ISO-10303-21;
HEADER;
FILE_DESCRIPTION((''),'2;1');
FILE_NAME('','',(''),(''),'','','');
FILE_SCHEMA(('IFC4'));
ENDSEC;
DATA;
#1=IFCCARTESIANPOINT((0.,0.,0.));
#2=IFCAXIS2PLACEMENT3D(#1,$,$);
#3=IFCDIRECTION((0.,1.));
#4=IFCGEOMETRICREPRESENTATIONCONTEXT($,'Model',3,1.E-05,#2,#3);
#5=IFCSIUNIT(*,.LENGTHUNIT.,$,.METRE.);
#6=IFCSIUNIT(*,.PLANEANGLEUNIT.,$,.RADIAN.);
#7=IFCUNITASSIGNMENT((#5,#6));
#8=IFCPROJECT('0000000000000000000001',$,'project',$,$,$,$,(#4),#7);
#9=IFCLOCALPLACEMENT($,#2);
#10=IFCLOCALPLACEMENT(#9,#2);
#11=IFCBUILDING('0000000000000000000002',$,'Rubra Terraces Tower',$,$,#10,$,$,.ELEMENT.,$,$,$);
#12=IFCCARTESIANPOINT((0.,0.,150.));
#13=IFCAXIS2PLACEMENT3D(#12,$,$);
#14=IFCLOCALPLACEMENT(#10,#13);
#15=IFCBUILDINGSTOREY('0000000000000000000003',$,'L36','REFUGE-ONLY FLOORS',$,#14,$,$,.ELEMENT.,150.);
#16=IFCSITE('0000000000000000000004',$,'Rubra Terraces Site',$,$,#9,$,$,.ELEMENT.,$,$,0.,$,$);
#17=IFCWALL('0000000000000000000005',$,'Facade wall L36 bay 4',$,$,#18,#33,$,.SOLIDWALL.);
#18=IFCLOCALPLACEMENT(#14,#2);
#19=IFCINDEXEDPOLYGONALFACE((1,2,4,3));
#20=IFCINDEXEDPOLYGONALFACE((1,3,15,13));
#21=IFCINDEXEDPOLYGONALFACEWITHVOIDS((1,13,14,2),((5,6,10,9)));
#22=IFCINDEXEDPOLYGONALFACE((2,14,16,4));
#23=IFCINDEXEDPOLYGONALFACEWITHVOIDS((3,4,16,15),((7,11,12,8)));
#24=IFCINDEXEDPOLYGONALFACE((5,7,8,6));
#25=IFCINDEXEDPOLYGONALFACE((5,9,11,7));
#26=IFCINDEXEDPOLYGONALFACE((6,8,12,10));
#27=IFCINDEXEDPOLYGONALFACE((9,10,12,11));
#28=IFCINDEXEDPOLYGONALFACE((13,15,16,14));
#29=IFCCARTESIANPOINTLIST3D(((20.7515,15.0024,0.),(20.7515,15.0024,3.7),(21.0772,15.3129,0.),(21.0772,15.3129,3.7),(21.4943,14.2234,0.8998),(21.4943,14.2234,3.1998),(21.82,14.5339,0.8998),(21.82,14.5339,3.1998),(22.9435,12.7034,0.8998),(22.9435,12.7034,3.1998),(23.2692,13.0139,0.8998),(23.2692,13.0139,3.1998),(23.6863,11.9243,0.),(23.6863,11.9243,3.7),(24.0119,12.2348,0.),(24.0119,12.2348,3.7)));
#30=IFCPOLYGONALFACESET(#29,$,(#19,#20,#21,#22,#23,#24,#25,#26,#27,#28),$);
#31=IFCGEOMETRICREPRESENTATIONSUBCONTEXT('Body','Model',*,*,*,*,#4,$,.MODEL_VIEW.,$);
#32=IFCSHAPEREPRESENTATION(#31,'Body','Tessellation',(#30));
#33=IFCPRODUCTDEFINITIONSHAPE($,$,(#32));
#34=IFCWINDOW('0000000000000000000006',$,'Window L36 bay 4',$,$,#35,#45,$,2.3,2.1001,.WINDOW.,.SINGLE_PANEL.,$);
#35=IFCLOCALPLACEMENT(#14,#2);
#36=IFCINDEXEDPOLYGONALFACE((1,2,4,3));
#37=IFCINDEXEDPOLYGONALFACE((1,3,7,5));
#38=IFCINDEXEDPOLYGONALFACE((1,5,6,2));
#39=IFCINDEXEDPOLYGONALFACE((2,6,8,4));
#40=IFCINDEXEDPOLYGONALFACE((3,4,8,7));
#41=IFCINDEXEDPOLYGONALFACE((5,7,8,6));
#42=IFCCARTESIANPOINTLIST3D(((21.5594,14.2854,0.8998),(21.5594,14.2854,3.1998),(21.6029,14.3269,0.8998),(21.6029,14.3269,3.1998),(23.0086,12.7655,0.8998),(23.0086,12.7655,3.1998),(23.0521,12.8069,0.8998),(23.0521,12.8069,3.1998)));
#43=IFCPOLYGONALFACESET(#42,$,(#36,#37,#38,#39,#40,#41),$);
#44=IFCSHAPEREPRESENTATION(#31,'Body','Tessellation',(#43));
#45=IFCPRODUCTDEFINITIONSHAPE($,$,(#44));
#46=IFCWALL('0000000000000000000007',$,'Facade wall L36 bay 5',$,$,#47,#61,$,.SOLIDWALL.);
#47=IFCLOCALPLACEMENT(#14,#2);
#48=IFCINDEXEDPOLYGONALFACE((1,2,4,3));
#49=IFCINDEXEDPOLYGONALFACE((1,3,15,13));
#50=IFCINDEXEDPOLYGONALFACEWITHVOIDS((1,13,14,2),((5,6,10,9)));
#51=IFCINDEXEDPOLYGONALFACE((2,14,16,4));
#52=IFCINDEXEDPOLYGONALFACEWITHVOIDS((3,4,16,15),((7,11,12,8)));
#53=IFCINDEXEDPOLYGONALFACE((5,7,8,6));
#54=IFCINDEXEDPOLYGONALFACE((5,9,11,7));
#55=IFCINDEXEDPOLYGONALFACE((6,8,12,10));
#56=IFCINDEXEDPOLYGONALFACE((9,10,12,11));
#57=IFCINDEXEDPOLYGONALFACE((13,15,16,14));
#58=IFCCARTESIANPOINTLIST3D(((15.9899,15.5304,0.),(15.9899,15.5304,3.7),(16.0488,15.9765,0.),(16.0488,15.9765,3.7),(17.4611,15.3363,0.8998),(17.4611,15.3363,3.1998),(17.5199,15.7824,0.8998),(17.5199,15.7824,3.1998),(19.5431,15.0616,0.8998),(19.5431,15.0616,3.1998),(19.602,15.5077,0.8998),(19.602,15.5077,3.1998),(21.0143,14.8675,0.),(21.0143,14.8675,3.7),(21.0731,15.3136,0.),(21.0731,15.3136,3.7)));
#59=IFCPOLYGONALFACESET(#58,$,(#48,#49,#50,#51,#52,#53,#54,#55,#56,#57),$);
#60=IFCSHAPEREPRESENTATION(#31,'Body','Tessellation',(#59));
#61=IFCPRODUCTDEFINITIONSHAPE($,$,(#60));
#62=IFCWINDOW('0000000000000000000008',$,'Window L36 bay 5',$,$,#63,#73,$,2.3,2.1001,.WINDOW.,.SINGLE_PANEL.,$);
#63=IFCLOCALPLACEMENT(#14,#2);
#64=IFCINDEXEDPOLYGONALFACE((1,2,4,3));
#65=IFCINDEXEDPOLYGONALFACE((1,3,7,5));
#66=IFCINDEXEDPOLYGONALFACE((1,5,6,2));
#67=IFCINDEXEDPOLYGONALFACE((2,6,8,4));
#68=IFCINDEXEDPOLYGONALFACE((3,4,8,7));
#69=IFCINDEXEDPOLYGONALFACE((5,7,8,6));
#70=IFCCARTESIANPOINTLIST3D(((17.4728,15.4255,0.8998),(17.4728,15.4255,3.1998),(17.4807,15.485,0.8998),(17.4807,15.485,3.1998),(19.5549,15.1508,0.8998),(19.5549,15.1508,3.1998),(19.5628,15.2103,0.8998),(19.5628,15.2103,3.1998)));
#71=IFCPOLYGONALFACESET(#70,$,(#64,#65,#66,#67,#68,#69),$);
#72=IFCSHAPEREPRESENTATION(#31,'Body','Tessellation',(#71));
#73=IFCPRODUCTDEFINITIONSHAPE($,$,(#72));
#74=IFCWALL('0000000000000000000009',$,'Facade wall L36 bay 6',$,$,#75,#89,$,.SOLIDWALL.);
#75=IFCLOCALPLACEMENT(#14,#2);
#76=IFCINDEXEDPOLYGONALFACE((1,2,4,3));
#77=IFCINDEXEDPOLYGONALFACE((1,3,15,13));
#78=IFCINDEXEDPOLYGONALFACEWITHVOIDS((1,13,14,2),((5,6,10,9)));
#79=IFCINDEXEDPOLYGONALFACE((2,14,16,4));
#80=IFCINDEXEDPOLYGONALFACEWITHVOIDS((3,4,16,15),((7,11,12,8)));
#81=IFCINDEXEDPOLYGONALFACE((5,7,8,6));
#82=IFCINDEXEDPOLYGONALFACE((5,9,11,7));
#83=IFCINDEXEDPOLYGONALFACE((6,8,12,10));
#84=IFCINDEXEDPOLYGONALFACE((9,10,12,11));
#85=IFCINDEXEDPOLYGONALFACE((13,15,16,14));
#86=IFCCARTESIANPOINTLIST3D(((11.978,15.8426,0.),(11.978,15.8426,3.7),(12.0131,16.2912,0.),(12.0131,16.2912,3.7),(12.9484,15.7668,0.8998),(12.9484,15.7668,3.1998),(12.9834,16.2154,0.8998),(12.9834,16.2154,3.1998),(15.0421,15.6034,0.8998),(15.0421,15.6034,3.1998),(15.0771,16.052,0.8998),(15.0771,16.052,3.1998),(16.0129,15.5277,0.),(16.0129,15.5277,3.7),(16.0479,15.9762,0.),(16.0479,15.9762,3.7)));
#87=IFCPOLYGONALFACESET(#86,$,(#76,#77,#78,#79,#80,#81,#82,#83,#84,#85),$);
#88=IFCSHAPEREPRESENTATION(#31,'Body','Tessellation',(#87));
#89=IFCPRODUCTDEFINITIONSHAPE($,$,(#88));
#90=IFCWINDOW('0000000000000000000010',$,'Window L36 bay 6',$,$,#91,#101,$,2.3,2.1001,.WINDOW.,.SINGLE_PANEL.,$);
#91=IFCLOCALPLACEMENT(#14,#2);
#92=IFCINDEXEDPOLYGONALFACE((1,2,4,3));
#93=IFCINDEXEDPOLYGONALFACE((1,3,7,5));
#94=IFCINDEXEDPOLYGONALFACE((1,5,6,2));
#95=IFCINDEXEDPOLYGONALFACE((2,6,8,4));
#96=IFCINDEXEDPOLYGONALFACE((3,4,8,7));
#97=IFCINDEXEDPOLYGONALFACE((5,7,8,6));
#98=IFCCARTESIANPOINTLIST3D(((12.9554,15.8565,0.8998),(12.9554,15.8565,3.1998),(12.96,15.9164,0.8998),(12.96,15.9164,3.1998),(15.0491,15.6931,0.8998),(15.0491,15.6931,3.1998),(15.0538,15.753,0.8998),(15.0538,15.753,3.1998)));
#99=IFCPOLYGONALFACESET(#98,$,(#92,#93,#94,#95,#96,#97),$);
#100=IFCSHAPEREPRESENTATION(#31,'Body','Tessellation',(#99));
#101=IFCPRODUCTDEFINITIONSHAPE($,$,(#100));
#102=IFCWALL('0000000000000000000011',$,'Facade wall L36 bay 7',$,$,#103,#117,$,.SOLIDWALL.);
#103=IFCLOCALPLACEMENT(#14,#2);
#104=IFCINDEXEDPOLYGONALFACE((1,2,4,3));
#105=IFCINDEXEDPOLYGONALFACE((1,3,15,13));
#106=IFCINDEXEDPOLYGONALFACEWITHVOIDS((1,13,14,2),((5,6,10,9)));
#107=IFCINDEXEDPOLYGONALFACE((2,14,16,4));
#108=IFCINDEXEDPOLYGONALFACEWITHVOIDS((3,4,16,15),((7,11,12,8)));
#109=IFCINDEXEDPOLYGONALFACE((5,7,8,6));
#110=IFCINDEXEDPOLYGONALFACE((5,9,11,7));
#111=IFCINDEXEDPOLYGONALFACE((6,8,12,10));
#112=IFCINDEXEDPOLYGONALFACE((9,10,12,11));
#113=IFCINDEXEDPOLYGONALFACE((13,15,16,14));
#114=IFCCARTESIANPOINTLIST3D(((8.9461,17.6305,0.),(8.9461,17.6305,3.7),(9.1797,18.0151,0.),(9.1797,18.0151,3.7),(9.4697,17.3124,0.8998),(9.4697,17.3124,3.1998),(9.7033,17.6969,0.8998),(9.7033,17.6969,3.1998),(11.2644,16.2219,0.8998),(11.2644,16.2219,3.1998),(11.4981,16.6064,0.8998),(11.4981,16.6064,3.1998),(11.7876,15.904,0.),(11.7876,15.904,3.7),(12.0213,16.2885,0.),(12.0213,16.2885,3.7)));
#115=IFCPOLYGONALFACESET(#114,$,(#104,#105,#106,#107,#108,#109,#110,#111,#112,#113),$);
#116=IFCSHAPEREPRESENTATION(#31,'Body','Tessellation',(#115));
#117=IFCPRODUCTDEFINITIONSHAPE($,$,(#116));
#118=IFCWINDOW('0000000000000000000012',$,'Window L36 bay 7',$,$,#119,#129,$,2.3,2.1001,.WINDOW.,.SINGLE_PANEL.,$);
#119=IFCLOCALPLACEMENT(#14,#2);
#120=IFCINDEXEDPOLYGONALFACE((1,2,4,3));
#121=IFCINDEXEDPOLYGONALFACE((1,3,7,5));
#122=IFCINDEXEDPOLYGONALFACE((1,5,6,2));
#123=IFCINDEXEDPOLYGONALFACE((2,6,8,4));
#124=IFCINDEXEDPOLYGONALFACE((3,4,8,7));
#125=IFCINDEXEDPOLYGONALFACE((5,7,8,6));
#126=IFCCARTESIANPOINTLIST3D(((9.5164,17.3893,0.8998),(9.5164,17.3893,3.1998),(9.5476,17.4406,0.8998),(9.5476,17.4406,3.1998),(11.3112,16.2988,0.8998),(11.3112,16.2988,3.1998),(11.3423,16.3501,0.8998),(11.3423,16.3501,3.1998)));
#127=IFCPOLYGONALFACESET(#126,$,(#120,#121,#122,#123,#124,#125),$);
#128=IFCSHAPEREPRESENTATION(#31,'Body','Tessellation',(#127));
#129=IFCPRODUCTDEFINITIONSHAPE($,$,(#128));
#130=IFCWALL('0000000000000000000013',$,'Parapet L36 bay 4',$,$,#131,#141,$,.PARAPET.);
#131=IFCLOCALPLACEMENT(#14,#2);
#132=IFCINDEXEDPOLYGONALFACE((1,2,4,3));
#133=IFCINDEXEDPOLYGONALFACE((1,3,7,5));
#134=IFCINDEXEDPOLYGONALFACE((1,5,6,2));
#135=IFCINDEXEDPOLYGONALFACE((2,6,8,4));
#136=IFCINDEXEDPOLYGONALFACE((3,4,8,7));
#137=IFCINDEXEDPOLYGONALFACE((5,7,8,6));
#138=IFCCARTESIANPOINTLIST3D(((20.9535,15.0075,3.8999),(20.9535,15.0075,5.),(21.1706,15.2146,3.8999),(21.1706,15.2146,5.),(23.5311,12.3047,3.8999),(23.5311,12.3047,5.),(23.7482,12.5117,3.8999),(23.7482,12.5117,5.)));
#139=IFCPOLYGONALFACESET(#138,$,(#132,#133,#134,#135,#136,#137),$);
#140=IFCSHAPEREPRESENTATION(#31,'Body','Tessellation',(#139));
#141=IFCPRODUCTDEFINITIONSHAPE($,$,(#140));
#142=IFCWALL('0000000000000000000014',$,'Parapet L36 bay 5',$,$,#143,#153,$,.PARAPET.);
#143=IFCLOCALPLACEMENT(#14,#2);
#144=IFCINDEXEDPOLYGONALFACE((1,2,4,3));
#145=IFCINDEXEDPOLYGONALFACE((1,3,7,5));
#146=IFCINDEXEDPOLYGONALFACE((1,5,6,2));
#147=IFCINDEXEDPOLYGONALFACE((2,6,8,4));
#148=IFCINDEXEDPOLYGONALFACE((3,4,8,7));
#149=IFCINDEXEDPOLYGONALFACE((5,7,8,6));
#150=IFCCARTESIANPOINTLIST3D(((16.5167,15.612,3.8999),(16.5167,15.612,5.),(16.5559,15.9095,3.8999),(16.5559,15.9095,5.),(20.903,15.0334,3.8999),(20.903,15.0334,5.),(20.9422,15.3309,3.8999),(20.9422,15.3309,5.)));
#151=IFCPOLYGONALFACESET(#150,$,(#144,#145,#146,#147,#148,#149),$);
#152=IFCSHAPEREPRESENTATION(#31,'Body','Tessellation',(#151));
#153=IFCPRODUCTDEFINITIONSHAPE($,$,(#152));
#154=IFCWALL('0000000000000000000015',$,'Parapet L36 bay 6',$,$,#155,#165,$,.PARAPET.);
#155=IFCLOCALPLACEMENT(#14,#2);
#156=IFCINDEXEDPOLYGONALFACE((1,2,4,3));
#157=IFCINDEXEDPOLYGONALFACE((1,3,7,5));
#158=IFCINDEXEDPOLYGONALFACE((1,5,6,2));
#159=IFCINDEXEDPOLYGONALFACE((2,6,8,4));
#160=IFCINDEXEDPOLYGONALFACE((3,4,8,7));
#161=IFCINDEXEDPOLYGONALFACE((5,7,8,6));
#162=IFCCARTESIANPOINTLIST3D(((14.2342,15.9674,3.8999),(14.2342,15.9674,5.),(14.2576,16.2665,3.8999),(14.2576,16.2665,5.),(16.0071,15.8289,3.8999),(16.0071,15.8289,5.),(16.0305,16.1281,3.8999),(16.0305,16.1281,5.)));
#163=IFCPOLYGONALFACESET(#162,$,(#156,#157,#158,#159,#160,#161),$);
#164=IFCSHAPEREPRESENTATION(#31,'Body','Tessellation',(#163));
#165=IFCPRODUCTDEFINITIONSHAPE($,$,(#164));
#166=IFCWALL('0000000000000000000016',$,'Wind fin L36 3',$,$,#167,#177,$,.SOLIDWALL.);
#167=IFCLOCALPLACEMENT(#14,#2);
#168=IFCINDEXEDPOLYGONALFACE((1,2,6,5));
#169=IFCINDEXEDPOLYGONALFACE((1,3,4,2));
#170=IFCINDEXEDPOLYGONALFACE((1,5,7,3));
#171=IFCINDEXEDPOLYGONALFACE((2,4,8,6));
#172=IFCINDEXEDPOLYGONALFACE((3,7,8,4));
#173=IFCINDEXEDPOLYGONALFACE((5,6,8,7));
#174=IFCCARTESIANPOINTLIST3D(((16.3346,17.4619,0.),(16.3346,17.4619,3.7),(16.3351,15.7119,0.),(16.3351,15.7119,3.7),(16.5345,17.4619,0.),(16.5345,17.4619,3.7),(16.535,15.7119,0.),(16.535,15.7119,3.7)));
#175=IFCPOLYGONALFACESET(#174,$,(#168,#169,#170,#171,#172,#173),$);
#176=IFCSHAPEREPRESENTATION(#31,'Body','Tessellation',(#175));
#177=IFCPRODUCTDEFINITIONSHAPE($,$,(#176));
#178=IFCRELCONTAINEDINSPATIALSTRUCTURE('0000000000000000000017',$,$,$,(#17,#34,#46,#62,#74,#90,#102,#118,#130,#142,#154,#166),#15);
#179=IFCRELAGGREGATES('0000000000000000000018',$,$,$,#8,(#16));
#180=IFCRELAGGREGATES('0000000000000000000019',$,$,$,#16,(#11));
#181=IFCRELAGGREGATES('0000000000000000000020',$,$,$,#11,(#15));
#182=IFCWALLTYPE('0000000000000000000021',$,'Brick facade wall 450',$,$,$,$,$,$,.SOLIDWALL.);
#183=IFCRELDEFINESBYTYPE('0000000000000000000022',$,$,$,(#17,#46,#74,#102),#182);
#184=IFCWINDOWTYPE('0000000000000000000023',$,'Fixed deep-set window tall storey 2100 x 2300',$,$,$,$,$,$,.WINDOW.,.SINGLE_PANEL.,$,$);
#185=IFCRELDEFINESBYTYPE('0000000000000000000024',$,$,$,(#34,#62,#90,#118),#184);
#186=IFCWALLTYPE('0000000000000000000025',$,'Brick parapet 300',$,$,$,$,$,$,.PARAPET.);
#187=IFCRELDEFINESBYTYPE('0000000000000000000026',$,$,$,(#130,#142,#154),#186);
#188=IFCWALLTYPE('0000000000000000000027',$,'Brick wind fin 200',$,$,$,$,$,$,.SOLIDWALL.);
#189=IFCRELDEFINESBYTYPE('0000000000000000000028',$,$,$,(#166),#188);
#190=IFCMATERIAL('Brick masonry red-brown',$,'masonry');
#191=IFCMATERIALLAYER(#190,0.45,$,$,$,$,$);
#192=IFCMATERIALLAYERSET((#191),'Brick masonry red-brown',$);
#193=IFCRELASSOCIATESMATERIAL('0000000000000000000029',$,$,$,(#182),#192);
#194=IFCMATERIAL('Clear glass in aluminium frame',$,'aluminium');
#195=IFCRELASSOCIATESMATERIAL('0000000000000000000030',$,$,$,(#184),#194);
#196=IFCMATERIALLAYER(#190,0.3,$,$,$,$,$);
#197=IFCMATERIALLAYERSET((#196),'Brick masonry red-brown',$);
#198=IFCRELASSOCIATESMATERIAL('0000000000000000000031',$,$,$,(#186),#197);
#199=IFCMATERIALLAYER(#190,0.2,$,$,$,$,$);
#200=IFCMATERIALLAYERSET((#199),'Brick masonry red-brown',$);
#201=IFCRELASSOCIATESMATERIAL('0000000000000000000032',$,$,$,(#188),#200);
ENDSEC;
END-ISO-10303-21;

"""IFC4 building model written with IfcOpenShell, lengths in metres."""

from ifc_helpers import new_model, si_unit, direction, frame, frame_2d, origin, place, context, subcontext, project, spatial, rectangle, extrude, material, layer, layer_set, type_object, element, fill, save


model = new_model("IFC4")

# Units and contexts
model_context = context("Model", 3, precision=1e-05, world=origin(), true_north=direction((0.0, 1.0)))
body_context = subcontext(model_context, "Body", "Model", "MODEL_VIEW")
ifc_project = project(units=[si_unit("LENGTHUNIT", "METRE"), si_unit("PLANEANGLEUNIT", "RADIAN")], contexts=[model_context])

# Site, building, storey
site_placement = place(None, origin())
site = spatial("IfcSite", under=ifc_project, at=site_placement, Name="Rubra Terraces Site", CompositionType="ELEMENT", RefElevation=0.0)
building_placement = place(site_placement, origin())
building = spatial("IfcBuilding", under=site, at=building_placement, Name="Rubra Terraces Tower", CompositionType="ELEMENT")
storey_placement = place(building_placement, frame((0.0, 0.0, 150.0)))
storey = spatial("IfcBuildingStorey", under=building, at=storey_placement, Name="L36", Description="REFUGE-ONLY FLOORS", CompositionType="ELEMENT", Elevation=150.0)

# Walls, openings, windows
ifc_material_1 = material(Name="Brick masonry red-brown", Category="masonry")
ifc_layer_1 = layer(ifc_material_1, 0.45)
ifc_layer_set_1 = layer_set([ifc_layer_1], Name="Brick masonry red-brown")
wall_type_1 = type_object("IfcWallType", Name="Brick facade wall 450", PredefinedType="SOLIDWALL", material=ifc_layer_set_1)
wall_1_placement = place(storey_placement, frame((23.8491, 12.0796, 0.0), z_axis=(0.0, 0.0, 1.0), x_axis=(-0.690058, 0.723754, 0.0)))
wall_1 = element("IfcWall", 1, at=wall_1_placement, inside=storey, type_object=wall_type_1, Name="Facade wall L36 bay 4", PredefinedType="SOLIDWALL", context=body_context, shape_type="SweptSolid", body=[
    extrude(rectangle(XDim=4.2529, YDim=0.45, at=frame_2d((2.1265, 0.0))), origin(), (0.0, 0.0, 1.0), 3.7),
])
opening_1_placement = place(wall_1_placement, frame((1.0764, 0.0, 0.8999)))
opening_1 = element("IfcOpeningElement", 2, at=opening_1_placement, cuts=wall_1, PredefinedType="OPENING", context=body_context, shape_type="SweptSolid", body=[
    extrude(rectangle(XDim=2.1001, YDim=2.3, at=frame_2d((1.05, 1.1499))), frame((0.0, 0.2349, 0.0), z_axis=(0.0, -1.0, 0.0), x_axis=(1.0, 0.0, 0.0)), (0.0, 0.0, 1.0), 0.47),
])
ifc_material_2 = material(Name="Clear glass in aluminium frame", Category="aluminium")
window_type = type_object("IfcWindowType", Name="Fixed deep-set window tall storey 2100 x 2300", PartitioningType="SINGLE_PANEL", PredefinedType="WINDOW", material=ifc_material_2)
window_1_placement = place(opening_1_placement, origin())
window_1 = element("IfcWindow", 3, at=window_1_placement, inside=storey, type_object=window_type, Name="Window L36 bay 4", OverallHeight=2.3, OverallWidth=2.1001, PartitioningType="SINGLE_PANEL", PredefinedType="WINDOW", context=body_context, shape_type="SweptSolid", body=[
    extrude(rectangle(XDim=2.1001, YDim=2.3, at=frame_2d((1.05, 1.1499))), frame((0.0, 0.135, 0.0), z_axis=(0.0, -1.0, 0.0), x_axis=(1.0, 0.0, 0.0)), (0.0, 0.0, 1.0), 0.0601),
])
fill(opening_1, window_1)
wall_2_placement = place(storey_placement, frame((21.0437, 15.0906, 0.0), z_axis=(0.0, 0.0, 1.0), x_axis=(-0.99141, 0.130791, 0.0)))
wall_2 = element("IfcWall", 4, at=wall_2_placement, inside=storey, type_object=wall_type_1, Name="Facade wall L36 bay 5", PredefinedType="SOLIDWALL", context=body_context, shape_type="SweptSolid", body=[
    extrude(rectangle(XDim=5.0679, YDim=0.45, at=frame_2d((2.5339, 0.0))), origin(), (0.0, 0.0, 1.0), 3.7),
])
opening_2_placement = place(wall_2_placement, frame((1.4839, 0.0, 0.8999)))
opening_2 = element("IfcOpeningElement", 5, at=opening_2_placement, cuts=wall_2, PredefinedType="OPENING", context=body_context, shape_type="SweptSolid", body=[
    extrude(rectangle(XDim=2.1001, YDim=2.3, at=frame_2d((1.05, 1.1499))), frame((0.0, 0.2349, 0.0), z_axis=(0.0, -1.0, 0.0), x_axis=(1.0, 0.0, 0.0)), (0.0, 0.0, 1.0), 0.47),
])
window_2_placement = place(opening_2_placement, origin())
window_2 = element("IfcWindow", 6, at=window_2_placement, inside=storey, type_object=window_type, Name="Window L36 bay 5", OverallHeight=2.3, OverallWidth=2.1001, PartitioningType="SINGLE_PANEL", PredefinedType="WINDOW", context=body_context, shape_type="SweptSolid", body=[
    extrude(rectangle(XDim=2.1001, YDim=2.3, at=frame_2d((1.05, 1.1499))), frame((0.0, 0.135, 0.0), z_axis=(0.0, -1.0, 0.0), x_axis=(1.0, 0.0, 0.0)), (0.0, 0.0, 1.0), 0.0601),
])
fill(opening_2, window_2)
wall_3_placement = place(storey_placement, frame((16.0303, 15.752, 0.0), z_axis=(0.0, 0.0, 1.0), x_axis=(-0.996968, 0.077817, 0.0)))
wall_3 = element("IfcWall", 7, at=wall_3_placement, inside=storey, type_object=wall_type_1, Name="Facade wall L36 bay 6", PredefinedType="SOLIDWALL", context=body_context, shape_type="SweptSolid", body=[
    extrude(rectangle(XDim=4.0471, YDim=0.45, at=frame_2d((2.0234, 0.0))), origin(), (0.0, 0.0, 1.0), 3.7),
])
opening_3_placement = place(wall_3_placement, frame((0.9736, 0.0, 0.8999)))
opening_3 = element("IfcOpeningElement", 8, at=opening_3_placement, cuts=wall_3, PredefinedType="OPENING", context=body_context, shape_type="SweptSolid", body=[
    extrude(rectangle(XDim=2.1001, YDim=2.3, at=frame_2d((1.05, 1.1499))), frame((0.0, 0.2349, 0.0), z_axis=(0.0, -1.0, 0.0), x_axis=(1.0, 0.0, 0.0)), (0.0, 0.0, 1.0), 0.47),
])
window_3_placement = place(opening_3_placement, origin())
window_3 = element("IfcWindow", 9, at=window_3_placement, inside=storey, type_object=window_type, Name="Window L36 bay 6", OverallHeight=2.3, OverallWidth=2.1001, PartitioningType="SINGLE_PANEL", PredefinedType="WINDOW", context=body_context, shape_type="SweptSolid", body=[
    extrude(rectangle(XDim=2.1001, YDim=2.3, at=frame_2d((1.05, 1.1499))), frame((0.0, 0.135, 0.0), z_axis=(0.0, -1.0, 0.0), x_axis=(1.0, 0.0, 0.0)), (0.0, 0.0, 1.0), 0.0601),
])
fill(opening_3, window_3)
wall_4_placement = place(storey_placement, frame((11.9045, 16.0962, 0.0), z_axis=(0.0, 0.0, 1.0), x_axis=(-0.854609, 0.519271, 0.0)))
wall_4 = element("IfcWall", 10, at=wall_4_placement, inside=storey, type_object=wall_type_1, Name="Facade wall L36 bay 7", PredefinedType="SOLIDWALL", context=body_context, shape_type="SweptSolid", body=[
    extrude(rectangle(XDim=3.325, YDim=0.45, at=frame_2d((1.6626, 0.0))), origin(), (0.0, 0.0, 1.0), 3.7),
])
opening_4_placement = place(wall_4_placement, frame((0.6123, 0.0, 0.8999)))
opening_4 = element("IfcOpeningElement", 11, at=opening_4_placement, cuts=wall_4, PredefinedType="OPENING", context=body_context, shape_type="SweptSolid", body=[
    extrude(rectangle(XDim=2.1001, YDim=2.3, at=frame_2d((1.05, 1.1499))), frame((0.0, 0.2349, 0.0), z_axis=(0.0, -1.0, 0.0), x_axis=(1.0, 0.0, 0.0)), (0.0, 0.0, 1.0), 0.47),
])
window_4_placement = place(opening_4_placement, origin())
window_4 = element("IfcWindow", 12, at=window_4_placement, inside=storey, type_object=window_type, Name="Window L36 bay 7", OverallHeight=2.3, OverallWidth=2.1001, PartitioningType="SINGLE_PANEL", PredefinedType="WINDOW", context=body_context, shape_type="SweptSolid", body=[
    extrude(rectangle(XDim=2.1001, YDim=2.3, at=frame_2d((1.05, 1.1499))), frame((0.0, 0.135, 0.0), z_axis=(0.0, -1.0, 0.0), x_axis=(1.0, 0.0, 0.0)), (0.0, 0.0, 1.0), 0.0601),
])
fill(opening_4, window_4)

# Walls
ifc_layer_2 = layer(ifc_material_1, 0.3)
ifc_layer_set_2 = layer_set([ifc_layer_2], Name="Brick masonry red-brown")
wall_type_2 = type_object("IfcWallType", Name="Brick parapet 300", PredefinedType="PARAPET", material=ifc_layer_set_2)
wall_5_placement = place(storey_placement, frame((23.6396, 12.4082, 3.8999), z_axis=(0.0, 0.0, 1.0), x_axis=(-0.690141, 0.723675, 0.0)))
element("IfcWall", 13, at=wall_5_placement, inside=storey, type_object=wall_type_2, Name="Parapet L36 bay 4", PredefinedType="PARAPET", context=body_context, shape_type="SweptSolid", body=[
    extrude(rectangle(XDim=3.7349, YDim=0.3, at=frame_2d((1.8674, 0.0))), origin(), (0.0, 0.0, 1.0), 1.1001),
])
wall_6_placement = place(storey_placement, frame((20.9226, 15.1821, 3.8999), z_axis=(0.0, 0.0, 1.0), x_axis=(-0.991411, 0.130783, 0.0)))
element("IfcWall", 14, at=wall_6_placement, inside=storey, type_object=wall_type_2, Name="Parapet L36 bay 5", PredefinedType="PARAPET", context=body_context, shape_type="SweptSolid", body=[
    extrude(rectangle(XDim=4.4243, YDim=0.3, at=frame_2d((2.2122, 0.0))), origin(), (0.0, 0.0, 1.0), 1.1001),
])
wall_7_placement = place(storey_placement, frame((16.0188, 15.9785, 3.8999), z_axis=(0.0, 0.0, 1.0), x_axis=(-0.996966, 0.077841, 0.0)))
element("IfcWall", 15, at=wall_7_placement, inside=storey, type_object=wall_type_2, Name="Parapet L36 bay 6", PredefinedType="PARAPET", context=body_context, shape_type="SweptSolid", body=[
    extrude(rectangle(XDim=1.7783, YDim=0.3, at=frame_2d((0.8892, 0.0))), origin(), (0.0, 0.0, 1.0), 1.1001),
])
ifc_layer_3 = layer(ifc_material_1, 0.2)
ifc_layer_set_3 = layer_set([ifc_layer_3], Name="Brick masonry red-brown")
wall_type_3 = type_object("IfcWallType", Name="Brick wind fin 200", PredefinedType="SOLIDWALL", material=ifc_layer_set_3)
wall_8_placement = place(storey_placement, frame((16.4351, 15.7119, 0.0), z_axis=(0.0, 0.0, 1.0), x_axis=(-0.000279, 1.0, 0.0)))
element("IfcWall", 16, at=wall_8_placement, inside=storey, type_object=wall_type_3, Name="Wind fin L36 3", PredefinedType="SOLIDWALL", context=body_context, shape_type="SweptSolid", body=[
    extrude(rectangle(XDim=1.75, YDim=0.2, at=frame_2d((0.875, 0.0))), origin(), (0.0, 0.0, 1.0), 3.7),
])

save(model, "model.ifc")
